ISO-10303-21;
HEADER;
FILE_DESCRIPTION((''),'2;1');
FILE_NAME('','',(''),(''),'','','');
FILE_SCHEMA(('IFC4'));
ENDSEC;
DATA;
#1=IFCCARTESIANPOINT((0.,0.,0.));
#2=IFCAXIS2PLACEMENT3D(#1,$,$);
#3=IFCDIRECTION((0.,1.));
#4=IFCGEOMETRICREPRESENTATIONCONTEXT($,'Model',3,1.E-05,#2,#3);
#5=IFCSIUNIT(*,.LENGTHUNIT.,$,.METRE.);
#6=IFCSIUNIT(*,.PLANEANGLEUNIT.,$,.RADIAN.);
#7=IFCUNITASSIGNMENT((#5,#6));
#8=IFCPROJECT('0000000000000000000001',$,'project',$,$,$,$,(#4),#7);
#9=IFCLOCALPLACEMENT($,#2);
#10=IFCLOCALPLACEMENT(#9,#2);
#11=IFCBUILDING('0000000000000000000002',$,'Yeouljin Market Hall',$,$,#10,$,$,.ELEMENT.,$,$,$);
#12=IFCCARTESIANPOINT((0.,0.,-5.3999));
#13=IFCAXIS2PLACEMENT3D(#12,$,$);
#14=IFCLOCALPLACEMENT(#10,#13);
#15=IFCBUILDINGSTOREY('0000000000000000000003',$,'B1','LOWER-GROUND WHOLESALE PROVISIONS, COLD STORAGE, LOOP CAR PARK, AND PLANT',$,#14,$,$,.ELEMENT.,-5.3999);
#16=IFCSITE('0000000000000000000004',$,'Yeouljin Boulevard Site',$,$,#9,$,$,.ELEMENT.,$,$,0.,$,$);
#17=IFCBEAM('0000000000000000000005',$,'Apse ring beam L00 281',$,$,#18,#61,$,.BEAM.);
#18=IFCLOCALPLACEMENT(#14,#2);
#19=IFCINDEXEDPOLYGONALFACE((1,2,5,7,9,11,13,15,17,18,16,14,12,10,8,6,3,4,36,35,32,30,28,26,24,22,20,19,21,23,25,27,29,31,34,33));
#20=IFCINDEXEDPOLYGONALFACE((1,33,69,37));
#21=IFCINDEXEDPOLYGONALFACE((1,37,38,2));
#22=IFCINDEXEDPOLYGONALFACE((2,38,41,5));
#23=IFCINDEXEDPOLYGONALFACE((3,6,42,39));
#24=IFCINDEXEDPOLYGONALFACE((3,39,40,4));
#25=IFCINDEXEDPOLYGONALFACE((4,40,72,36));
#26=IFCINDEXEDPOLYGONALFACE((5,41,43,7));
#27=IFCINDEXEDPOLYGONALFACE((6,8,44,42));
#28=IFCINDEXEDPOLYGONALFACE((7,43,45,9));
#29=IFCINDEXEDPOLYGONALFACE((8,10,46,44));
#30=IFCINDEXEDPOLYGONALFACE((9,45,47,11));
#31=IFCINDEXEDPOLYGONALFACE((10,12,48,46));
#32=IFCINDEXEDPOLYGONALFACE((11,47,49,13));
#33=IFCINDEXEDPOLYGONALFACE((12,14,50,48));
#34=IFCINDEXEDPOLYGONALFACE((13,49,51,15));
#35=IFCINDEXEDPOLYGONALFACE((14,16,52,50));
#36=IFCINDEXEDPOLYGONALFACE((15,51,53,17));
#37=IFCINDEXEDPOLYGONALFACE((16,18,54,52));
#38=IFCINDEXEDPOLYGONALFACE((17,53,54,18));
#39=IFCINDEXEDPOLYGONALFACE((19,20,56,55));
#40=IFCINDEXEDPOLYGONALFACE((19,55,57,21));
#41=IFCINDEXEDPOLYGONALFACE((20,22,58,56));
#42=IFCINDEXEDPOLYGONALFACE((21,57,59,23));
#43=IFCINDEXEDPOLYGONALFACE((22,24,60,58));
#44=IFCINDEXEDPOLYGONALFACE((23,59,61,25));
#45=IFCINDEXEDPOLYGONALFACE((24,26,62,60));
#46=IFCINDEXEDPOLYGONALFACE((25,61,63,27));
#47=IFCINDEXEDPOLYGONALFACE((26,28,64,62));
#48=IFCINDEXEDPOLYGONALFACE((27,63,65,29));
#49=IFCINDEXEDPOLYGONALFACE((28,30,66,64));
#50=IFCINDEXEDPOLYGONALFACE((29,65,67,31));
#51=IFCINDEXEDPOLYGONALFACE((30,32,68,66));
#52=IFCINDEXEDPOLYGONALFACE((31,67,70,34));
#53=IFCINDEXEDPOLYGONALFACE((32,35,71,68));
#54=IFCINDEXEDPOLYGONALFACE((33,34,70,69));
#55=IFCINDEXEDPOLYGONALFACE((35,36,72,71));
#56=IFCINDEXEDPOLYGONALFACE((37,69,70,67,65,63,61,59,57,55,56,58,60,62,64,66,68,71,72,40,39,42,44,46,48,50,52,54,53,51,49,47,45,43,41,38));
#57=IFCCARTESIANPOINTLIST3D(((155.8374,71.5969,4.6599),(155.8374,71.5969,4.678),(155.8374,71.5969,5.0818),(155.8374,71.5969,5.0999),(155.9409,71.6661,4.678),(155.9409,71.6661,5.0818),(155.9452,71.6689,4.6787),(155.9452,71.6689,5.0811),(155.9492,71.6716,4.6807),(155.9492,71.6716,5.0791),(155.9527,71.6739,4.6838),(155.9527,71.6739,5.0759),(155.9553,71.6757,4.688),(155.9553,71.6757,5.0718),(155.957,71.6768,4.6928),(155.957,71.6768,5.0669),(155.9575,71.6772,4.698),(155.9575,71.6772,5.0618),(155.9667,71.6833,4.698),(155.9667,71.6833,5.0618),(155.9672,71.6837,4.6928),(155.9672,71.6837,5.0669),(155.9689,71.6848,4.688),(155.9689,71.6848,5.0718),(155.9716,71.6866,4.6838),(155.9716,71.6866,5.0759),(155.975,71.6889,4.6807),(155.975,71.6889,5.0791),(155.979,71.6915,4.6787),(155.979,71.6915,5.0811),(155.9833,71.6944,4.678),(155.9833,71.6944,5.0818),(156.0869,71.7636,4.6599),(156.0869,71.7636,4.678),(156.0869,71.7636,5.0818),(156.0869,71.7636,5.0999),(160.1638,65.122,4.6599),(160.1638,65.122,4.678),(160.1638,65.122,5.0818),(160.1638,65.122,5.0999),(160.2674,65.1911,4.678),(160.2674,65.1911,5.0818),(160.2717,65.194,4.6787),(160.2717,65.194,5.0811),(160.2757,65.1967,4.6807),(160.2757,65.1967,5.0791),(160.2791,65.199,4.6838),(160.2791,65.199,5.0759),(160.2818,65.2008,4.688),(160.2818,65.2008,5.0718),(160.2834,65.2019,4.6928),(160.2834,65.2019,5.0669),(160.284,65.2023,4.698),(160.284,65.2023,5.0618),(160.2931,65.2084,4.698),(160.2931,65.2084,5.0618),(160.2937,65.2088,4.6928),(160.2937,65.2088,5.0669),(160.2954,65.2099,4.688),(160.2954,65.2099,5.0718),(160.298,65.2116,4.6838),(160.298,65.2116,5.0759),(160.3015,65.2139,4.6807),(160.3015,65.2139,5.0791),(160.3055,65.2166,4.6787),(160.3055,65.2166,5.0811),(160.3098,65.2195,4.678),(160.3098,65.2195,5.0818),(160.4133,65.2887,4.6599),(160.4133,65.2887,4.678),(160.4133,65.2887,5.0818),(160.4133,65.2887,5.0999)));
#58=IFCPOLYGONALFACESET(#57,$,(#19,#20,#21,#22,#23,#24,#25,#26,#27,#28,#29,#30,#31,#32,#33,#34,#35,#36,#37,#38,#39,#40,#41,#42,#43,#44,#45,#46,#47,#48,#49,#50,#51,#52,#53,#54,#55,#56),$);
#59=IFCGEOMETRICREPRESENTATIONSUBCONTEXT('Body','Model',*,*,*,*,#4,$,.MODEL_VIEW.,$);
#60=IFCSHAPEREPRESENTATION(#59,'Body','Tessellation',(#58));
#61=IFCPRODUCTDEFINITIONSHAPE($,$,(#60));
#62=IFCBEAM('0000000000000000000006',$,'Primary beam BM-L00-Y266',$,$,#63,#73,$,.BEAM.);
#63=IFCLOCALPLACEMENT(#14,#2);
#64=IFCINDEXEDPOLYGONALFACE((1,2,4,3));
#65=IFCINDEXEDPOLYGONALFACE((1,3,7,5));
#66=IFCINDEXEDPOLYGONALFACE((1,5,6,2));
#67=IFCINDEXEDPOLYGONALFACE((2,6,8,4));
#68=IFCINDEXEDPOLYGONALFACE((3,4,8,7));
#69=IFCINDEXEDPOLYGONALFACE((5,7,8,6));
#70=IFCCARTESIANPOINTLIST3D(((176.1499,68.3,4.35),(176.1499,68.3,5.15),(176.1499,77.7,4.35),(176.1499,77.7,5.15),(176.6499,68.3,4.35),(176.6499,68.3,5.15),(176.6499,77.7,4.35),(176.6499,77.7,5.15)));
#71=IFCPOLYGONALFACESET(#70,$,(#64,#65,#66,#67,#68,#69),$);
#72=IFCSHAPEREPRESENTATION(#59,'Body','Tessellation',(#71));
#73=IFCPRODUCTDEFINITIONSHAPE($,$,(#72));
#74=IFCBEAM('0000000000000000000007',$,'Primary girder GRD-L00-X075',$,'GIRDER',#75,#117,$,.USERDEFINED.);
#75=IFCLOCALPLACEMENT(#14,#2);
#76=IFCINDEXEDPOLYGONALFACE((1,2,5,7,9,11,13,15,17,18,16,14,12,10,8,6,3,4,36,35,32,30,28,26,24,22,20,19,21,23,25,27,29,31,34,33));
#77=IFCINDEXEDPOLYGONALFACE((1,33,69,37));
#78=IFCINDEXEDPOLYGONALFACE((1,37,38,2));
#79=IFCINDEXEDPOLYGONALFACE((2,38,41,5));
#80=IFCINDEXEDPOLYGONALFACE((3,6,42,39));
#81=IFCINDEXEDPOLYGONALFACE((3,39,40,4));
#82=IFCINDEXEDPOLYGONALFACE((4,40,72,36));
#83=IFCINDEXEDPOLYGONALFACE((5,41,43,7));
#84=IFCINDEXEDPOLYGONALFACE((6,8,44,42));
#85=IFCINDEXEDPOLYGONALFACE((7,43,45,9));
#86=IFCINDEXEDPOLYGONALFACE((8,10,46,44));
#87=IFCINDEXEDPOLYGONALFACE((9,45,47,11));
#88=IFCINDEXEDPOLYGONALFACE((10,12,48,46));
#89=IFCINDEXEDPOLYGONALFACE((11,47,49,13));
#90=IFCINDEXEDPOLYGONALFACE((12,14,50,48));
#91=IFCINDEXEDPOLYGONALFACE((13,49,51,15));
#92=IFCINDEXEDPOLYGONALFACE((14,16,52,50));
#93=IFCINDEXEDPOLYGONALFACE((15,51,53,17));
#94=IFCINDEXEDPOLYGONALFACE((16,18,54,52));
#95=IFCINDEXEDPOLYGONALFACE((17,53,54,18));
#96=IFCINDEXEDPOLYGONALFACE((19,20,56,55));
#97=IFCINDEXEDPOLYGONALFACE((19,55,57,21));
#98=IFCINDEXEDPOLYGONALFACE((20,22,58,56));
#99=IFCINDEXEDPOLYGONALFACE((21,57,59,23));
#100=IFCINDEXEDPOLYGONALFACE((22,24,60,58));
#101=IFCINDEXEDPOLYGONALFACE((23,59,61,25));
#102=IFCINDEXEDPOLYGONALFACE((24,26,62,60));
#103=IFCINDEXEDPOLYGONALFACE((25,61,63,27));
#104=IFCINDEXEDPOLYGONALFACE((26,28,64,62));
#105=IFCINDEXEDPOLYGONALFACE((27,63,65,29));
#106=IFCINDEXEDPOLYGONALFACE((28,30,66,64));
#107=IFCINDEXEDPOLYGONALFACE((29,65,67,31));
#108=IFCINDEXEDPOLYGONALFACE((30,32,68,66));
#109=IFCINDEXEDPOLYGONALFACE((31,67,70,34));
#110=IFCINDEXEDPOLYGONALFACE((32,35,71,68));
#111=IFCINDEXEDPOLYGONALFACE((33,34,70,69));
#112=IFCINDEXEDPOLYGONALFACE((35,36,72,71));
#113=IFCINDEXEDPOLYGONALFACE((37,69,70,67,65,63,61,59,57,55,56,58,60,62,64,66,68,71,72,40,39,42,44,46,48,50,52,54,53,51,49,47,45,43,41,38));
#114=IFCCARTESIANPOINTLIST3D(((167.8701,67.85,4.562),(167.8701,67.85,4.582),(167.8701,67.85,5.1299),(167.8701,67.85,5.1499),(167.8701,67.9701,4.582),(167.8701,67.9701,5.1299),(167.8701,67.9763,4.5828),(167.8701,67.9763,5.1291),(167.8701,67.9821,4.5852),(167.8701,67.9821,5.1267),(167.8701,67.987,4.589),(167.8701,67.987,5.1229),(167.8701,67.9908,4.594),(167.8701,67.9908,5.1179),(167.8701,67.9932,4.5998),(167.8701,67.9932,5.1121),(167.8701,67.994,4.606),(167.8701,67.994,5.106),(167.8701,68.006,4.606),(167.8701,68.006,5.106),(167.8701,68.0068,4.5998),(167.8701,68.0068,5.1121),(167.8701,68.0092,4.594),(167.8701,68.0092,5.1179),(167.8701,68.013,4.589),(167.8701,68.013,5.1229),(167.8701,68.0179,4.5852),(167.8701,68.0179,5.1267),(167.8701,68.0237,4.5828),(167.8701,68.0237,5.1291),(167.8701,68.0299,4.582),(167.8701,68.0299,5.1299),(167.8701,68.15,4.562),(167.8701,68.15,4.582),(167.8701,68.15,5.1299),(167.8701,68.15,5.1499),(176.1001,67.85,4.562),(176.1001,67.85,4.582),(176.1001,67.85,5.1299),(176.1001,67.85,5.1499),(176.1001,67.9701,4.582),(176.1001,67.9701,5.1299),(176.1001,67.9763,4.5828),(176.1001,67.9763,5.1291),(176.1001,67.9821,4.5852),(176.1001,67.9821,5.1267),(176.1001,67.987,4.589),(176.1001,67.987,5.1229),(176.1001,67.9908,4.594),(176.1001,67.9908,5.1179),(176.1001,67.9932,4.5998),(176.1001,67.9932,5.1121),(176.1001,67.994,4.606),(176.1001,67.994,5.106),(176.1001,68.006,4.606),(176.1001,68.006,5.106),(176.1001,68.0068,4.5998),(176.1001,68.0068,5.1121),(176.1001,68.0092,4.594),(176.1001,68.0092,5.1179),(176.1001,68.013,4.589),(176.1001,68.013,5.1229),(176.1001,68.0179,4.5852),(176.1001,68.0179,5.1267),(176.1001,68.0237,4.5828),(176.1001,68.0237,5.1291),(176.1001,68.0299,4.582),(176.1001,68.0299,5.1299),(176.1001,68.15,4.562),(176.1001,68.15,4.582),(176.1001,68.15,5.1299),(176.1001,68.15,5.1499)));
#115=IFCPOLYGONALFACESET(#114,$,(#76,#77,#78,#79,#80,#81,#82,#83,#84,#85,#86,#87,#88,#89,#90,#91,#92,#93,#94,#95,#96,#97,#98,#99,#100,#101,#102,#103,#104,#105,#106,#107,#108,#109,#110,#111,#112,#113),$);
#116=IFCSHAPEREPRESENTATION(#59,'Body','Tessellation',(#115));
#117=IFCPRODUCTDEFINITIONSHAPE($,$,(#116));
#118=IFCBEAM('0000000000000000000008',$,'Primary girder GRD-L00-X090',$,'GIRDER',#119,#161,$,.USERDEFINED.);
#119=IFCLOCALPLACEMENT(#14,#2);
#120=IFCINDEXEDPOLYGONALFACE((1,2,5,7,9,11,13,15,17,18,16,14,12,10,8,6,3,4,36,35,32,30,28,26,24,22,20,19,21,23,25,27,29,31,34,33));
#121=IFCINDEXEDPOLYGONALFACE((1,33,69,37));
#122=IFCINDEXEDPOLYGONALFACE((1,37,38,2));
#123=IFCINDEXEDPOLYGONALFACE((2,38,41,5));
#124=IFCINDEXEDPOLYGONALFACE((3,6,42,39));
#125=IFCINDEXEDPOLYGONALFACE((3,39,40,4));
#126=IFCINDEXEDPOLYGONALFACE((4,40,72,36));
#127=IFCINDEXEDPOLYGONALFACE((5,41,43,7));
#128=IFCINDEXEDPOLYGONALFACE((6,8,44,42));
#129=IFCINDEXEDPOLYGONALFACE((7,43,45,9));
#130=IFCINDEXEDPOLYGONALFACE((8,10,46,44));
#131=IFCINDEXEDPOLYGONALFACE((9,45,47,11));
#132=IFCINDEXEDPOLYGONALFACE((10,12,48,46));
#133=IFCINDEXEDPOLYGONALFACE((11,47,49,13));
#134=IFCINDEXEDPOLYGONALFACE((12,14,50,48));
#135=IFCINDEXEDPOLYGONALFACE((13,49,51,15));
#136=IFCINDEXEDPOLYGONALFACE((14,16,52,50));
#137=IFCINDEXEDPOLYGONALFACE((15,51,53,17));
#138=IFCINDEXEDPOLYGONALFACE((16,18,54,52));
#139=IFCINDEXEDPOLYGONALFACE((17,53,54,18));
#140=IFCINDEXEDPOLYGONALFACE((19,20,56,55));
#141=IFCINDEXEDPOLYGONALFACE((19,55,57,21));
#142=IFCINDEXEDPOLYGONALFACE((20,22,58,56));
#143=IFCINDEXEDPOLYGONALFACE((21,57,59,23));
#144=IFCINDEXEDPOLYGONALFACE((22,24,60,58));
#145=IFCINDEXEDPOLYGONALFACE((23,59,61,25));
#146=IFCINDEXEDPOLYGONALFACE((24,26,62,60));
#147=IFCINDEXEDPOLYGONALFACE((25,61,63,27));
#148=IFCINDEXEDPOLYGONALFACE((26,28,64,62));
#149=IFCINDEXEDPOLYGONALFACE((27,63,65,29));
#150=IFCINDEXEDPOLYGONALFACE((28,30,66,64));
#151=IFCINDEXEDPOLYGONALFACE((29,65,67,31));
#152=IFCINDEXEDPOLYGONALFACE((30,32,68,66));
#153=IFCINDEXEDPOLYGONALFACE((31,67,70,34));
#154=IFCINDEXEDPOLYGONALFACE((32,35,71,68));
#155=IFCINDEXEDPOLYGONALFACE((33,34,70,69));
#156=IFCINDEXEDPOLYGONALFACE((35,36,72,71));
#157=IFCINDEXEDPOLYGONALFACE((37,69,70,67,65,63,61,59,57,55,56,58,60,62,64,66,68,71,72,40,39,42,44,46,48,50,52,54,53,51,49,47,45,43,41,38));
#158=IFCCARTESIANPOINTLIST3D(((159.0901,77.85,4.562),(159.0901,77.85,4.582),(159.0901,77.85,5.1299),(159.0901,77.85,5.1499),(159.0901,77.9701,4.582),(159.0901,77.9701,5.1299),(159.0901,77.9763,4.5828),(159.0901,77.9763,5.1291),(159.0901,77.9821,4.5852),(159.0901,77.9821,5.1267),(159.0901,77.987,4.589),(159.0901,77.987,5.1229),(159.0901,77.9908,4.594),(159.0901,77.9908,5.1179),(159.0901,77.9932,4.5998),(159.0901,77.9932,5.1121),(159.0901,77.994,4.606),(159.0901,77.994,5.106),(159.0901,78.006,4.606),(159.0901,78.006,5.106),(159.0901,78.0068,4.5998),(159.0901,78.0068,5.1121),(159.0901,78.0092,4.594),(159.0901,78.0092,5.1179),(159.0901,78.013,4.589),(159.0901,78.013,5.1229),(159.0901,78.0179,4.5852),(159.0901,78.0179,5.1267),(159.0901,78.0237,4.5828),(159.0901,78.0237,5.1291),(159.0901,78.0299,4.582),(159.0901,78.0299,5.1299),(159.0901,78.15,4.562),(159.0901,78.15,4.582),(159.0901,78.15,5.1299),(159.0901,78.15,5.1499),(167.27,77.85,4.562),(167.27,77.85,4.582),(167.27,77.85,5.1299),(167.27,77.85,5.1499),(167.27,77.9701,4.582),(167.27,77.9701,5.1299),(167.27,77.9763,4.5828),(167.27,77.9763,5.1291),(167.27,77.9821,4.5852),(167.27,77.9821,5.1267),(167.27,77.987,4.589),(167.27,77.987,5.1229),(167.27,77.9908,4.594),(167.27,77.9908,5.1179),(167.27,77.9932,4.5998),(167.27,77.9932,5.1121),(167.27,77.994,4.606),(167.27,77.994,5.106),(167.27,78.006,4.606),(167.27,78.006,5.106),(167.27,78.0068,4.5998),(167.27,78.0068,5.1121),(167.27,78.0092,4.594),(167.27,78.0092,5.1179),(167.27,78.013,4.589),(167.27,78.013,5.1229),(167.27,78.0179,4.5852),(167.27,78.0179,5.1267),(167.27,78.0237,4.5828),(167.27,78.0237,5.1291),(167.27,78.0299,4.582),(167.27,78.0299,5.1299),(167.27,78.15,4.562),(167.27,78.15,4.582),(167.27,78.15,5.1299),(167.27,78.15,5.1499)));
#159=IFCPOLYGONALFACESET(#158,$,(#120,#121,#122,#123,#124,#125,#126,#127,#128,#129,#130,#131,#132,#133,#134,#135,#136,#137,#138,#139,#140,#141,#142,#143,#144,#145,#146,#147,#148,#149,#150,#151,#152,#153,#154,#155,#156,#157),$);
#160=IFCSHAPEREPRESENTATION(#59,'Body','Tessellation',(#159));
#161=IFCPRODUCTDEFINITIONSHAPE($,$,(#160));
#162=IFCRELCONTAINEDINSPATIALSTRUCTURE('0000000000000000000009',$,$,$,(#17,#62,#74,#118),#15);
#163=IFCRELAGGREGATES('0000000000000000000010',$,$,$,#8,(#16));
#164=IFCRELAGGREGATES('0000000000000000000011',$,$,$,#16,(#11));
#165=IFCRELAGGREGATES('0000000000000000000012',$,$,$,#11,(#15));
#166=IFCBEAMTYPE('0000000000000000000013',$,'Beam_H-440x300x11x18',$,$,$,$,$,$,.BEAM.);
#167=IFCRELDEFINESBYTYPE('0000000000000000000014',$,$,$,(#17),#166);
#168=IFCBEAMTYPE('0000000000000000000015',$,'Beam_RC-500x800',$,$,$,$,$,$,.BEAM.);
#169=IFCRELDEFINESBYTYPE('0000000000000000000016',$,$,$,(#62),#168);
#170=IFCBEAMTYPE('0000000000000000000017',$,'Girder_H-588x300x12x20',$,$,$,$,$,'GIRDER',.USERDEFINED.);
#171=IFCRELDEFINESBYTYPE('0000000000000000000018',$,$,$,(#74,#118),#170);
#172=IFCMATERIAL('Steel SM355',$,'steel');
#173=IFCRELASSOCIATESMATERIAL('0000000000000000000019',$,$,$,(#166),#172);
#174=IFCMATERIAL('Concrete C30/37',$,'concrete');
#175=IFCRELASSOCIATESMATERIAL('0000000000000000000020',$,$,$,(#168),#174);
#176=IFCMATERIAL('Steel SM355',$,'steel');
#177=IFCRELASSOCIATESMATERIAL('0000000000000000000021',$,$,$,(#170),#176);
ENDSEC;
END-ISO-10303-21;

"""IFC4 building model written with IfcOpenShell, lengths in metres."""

from ifc_helpers import new_model, si_unit, direction, frame, origin, origin_2d, place, context, subcontext, project, spatial, rectangle, i_section, extrude, material, material_profile, profile_set, type_object, element, save


model = new_model("IFC4")

# Units and contexts
model_context = context("Model", 3, precision=1e-05, world=origin(), true_north=direction((0.0, 1.0)))
body_context = subcontext(model_context, "Body", "Model", "MODEL_VIEW")
ifc_project = project(units=[si_unit("LENGTHUNIT", "METRE"), si_unit("PLANEANGLEUNIT", "RADIAN")], contexts=[model_context])

# Site, building, storey
site_placement = place(None, origin())
site = spatial("IfcSite", under=ifc_project, at=site_placement, Name="Yeouljin Boulevard Site", CompositionType="ELEMENT", RefElevation=0.0)
building_placement = place(site_placement, origin())
building = spatial("IfcBuilding", under=site, at=building_placement, Name="Yeouljin Market Hall", CompositionType="ELEMENT")
storey_placement = place(building_placement, frame((0.0, 0.0, -5.3999)))
storey = spatial("IfcBuildingStorey", under=building, at=storey_placement, Name="B1", Description="LOWER-GROUND WHOLESALE PROVISIONS, COLD STORAGE, LOOP CAR PARK, AND PLANT", CompositionType="ELEMENT", Elevation=-5.3999)

# Beams
ifc_material_1 = material(Name="Steel SM355", Category="steel")
ifc_material_profile_1 = material_profile(ifc_material_1, i_section(OverallWidth=0.3, OverallDepth=0.4399, WebThickness=0.011, FlangeThickness=0.0181, FilletRadius=0.02, at=origin_2d()), Name="H-440x300x11x18")
ifc_profile_set_1 = profile_set([ifc_material_profile_1], Name="Steel SM355")
beam_type_1 = type_object("IfcBeamType", Name="Beam_H-440x300x11x18", PredefinedType="BEAM", material=ifc_profile_set_1)
beam_1_placement = place(storey_placement, frame((160.2886, 65.2053, 4.8799), z_axis=(-0.555575, 0.831466, 0.0), x_axis=(-0.831466, -0.555575, 0.0)))
element("IfcBeam", 1, at=beam_1_placement, inside=storey, type_object=beam_type_1, Name="Apse ring beam L00 281", PredefinedType="BEAM", context=body_context, shape_type="SweptSolid", body=[
    extrude(i_section(OverallWidth=0.3, OverallDepth=0.4399, WebThickness=0.011, FlangeThickness=0.0181, FilletRadius=0.02, at=origin_2d()), origin(), (0.0, 0.0, 1.0), 7.7874),
])
ifc_material_2 = material(Name="Concrete C30/37", Category="concrete")
ifc_material_profile_2 = material_profile(ifc_material_2, rectangle(XDim=0.5, YDim=0.8, at=origin_2d()), Name="RC-500x800")
ifc_profile_set_2 = profile_set([ifc_material_profile_2], Name="Concrete C30/37")
beam_type_2 = type_object("IfcBeamType", Name="Beam_RC-500x800", PredefinedType="BEAM", material=ifc_profile_set_2)
beam_2_placement = place(storey_placement, frame((176.3999, 68.3, 4.75), z_axis=(0.0, 1.0, 0.0), x_axis=(-1.0, 0.0, 0.0)))
element("IfcBeam", 2, at=beam_2_placement, inside=storey, type_object=beam_type_2, Name="Primary beam BM-L00-Y266", PredefinedType="BEAM", context=body_context, shape_type="SweptSolid", body=[
    extrude(rectangle(XDim=0.5, YDim=0.8, at=origin_2d()), origin(), (0.0, 0.0, 1.0), 9.3999),
])
ifc_material_3 = material(Name="Steel SM355", Category="steel")
ifc_material_profile_3 = material_profile(ifc_material_3, i_section(OverallWidth=0.3, OverallDepth=0.5879, WebThickness=0.012, FlangeThickness=0.02, FilletRadius=0.0239, at=origin_2d()), Name="H-588x300x12x20")
ifc_profile_set_3 = profile_set([ifc_material_profile_3], Name="Steel SM355")
beam_type_3 = type_object("IfcBeamType", Name="Girder_H-588x300x12x20", ElementType="GIRDER", PredefinedType="USERDEFINED", material=ifc_profile_set_3)
beam_3_placement = place(storey_placement, frame((167.8701, 68.0, 4.856), z_axis=(1.0, 0.0, 0.0), x_axis=(0.0, 1.0, 0.0)))
element("IfcBeam", 3, at=beam_3_placement, inside=storey, type_object=beam_type_3, Name="Primary girder GRD-L00-X075", ObjectType="GIRDER", PredefinedType="USERDEFINED", context=body_context, shape_type="SweptSolid", body=[
    extrude(i_section(OverallWidth=0.3, OverallDepth=0.5879, WebThickness=0.012, FlangeThickness=0.02, FilletRadius=0.0239, at=origin_2d()), origin(), (0.0, 0.0, 1.0), 8.23),
])
beam_4_placement = place(storey_placement, frame((159.0901, 78.0, 4.856), z_axis=(1.0, 0.0, 0.0), x_axis=(0.0, 1.0, 0.0)))
element("IfcBeam", 4, at=beam_4_placement, inside=storey, type_object=beam_type_3, Name="Primary girder GRD-L00-X090", ObjectType="GIRDER", PredefinedType="USERDEFINED", context=body_context, shape_type="SweptSolid", body=[
    extrude(i_section(OverallWidth=0.3, OverallDepth=0.5879, WebThickness=0.012, FlangeThickness=0.02, FilletRadius=0.0239, at=origin_2d()), origin(), (0.0, 0.0, 1.0), 8.1799),
])

save(model, "model.ifc")
